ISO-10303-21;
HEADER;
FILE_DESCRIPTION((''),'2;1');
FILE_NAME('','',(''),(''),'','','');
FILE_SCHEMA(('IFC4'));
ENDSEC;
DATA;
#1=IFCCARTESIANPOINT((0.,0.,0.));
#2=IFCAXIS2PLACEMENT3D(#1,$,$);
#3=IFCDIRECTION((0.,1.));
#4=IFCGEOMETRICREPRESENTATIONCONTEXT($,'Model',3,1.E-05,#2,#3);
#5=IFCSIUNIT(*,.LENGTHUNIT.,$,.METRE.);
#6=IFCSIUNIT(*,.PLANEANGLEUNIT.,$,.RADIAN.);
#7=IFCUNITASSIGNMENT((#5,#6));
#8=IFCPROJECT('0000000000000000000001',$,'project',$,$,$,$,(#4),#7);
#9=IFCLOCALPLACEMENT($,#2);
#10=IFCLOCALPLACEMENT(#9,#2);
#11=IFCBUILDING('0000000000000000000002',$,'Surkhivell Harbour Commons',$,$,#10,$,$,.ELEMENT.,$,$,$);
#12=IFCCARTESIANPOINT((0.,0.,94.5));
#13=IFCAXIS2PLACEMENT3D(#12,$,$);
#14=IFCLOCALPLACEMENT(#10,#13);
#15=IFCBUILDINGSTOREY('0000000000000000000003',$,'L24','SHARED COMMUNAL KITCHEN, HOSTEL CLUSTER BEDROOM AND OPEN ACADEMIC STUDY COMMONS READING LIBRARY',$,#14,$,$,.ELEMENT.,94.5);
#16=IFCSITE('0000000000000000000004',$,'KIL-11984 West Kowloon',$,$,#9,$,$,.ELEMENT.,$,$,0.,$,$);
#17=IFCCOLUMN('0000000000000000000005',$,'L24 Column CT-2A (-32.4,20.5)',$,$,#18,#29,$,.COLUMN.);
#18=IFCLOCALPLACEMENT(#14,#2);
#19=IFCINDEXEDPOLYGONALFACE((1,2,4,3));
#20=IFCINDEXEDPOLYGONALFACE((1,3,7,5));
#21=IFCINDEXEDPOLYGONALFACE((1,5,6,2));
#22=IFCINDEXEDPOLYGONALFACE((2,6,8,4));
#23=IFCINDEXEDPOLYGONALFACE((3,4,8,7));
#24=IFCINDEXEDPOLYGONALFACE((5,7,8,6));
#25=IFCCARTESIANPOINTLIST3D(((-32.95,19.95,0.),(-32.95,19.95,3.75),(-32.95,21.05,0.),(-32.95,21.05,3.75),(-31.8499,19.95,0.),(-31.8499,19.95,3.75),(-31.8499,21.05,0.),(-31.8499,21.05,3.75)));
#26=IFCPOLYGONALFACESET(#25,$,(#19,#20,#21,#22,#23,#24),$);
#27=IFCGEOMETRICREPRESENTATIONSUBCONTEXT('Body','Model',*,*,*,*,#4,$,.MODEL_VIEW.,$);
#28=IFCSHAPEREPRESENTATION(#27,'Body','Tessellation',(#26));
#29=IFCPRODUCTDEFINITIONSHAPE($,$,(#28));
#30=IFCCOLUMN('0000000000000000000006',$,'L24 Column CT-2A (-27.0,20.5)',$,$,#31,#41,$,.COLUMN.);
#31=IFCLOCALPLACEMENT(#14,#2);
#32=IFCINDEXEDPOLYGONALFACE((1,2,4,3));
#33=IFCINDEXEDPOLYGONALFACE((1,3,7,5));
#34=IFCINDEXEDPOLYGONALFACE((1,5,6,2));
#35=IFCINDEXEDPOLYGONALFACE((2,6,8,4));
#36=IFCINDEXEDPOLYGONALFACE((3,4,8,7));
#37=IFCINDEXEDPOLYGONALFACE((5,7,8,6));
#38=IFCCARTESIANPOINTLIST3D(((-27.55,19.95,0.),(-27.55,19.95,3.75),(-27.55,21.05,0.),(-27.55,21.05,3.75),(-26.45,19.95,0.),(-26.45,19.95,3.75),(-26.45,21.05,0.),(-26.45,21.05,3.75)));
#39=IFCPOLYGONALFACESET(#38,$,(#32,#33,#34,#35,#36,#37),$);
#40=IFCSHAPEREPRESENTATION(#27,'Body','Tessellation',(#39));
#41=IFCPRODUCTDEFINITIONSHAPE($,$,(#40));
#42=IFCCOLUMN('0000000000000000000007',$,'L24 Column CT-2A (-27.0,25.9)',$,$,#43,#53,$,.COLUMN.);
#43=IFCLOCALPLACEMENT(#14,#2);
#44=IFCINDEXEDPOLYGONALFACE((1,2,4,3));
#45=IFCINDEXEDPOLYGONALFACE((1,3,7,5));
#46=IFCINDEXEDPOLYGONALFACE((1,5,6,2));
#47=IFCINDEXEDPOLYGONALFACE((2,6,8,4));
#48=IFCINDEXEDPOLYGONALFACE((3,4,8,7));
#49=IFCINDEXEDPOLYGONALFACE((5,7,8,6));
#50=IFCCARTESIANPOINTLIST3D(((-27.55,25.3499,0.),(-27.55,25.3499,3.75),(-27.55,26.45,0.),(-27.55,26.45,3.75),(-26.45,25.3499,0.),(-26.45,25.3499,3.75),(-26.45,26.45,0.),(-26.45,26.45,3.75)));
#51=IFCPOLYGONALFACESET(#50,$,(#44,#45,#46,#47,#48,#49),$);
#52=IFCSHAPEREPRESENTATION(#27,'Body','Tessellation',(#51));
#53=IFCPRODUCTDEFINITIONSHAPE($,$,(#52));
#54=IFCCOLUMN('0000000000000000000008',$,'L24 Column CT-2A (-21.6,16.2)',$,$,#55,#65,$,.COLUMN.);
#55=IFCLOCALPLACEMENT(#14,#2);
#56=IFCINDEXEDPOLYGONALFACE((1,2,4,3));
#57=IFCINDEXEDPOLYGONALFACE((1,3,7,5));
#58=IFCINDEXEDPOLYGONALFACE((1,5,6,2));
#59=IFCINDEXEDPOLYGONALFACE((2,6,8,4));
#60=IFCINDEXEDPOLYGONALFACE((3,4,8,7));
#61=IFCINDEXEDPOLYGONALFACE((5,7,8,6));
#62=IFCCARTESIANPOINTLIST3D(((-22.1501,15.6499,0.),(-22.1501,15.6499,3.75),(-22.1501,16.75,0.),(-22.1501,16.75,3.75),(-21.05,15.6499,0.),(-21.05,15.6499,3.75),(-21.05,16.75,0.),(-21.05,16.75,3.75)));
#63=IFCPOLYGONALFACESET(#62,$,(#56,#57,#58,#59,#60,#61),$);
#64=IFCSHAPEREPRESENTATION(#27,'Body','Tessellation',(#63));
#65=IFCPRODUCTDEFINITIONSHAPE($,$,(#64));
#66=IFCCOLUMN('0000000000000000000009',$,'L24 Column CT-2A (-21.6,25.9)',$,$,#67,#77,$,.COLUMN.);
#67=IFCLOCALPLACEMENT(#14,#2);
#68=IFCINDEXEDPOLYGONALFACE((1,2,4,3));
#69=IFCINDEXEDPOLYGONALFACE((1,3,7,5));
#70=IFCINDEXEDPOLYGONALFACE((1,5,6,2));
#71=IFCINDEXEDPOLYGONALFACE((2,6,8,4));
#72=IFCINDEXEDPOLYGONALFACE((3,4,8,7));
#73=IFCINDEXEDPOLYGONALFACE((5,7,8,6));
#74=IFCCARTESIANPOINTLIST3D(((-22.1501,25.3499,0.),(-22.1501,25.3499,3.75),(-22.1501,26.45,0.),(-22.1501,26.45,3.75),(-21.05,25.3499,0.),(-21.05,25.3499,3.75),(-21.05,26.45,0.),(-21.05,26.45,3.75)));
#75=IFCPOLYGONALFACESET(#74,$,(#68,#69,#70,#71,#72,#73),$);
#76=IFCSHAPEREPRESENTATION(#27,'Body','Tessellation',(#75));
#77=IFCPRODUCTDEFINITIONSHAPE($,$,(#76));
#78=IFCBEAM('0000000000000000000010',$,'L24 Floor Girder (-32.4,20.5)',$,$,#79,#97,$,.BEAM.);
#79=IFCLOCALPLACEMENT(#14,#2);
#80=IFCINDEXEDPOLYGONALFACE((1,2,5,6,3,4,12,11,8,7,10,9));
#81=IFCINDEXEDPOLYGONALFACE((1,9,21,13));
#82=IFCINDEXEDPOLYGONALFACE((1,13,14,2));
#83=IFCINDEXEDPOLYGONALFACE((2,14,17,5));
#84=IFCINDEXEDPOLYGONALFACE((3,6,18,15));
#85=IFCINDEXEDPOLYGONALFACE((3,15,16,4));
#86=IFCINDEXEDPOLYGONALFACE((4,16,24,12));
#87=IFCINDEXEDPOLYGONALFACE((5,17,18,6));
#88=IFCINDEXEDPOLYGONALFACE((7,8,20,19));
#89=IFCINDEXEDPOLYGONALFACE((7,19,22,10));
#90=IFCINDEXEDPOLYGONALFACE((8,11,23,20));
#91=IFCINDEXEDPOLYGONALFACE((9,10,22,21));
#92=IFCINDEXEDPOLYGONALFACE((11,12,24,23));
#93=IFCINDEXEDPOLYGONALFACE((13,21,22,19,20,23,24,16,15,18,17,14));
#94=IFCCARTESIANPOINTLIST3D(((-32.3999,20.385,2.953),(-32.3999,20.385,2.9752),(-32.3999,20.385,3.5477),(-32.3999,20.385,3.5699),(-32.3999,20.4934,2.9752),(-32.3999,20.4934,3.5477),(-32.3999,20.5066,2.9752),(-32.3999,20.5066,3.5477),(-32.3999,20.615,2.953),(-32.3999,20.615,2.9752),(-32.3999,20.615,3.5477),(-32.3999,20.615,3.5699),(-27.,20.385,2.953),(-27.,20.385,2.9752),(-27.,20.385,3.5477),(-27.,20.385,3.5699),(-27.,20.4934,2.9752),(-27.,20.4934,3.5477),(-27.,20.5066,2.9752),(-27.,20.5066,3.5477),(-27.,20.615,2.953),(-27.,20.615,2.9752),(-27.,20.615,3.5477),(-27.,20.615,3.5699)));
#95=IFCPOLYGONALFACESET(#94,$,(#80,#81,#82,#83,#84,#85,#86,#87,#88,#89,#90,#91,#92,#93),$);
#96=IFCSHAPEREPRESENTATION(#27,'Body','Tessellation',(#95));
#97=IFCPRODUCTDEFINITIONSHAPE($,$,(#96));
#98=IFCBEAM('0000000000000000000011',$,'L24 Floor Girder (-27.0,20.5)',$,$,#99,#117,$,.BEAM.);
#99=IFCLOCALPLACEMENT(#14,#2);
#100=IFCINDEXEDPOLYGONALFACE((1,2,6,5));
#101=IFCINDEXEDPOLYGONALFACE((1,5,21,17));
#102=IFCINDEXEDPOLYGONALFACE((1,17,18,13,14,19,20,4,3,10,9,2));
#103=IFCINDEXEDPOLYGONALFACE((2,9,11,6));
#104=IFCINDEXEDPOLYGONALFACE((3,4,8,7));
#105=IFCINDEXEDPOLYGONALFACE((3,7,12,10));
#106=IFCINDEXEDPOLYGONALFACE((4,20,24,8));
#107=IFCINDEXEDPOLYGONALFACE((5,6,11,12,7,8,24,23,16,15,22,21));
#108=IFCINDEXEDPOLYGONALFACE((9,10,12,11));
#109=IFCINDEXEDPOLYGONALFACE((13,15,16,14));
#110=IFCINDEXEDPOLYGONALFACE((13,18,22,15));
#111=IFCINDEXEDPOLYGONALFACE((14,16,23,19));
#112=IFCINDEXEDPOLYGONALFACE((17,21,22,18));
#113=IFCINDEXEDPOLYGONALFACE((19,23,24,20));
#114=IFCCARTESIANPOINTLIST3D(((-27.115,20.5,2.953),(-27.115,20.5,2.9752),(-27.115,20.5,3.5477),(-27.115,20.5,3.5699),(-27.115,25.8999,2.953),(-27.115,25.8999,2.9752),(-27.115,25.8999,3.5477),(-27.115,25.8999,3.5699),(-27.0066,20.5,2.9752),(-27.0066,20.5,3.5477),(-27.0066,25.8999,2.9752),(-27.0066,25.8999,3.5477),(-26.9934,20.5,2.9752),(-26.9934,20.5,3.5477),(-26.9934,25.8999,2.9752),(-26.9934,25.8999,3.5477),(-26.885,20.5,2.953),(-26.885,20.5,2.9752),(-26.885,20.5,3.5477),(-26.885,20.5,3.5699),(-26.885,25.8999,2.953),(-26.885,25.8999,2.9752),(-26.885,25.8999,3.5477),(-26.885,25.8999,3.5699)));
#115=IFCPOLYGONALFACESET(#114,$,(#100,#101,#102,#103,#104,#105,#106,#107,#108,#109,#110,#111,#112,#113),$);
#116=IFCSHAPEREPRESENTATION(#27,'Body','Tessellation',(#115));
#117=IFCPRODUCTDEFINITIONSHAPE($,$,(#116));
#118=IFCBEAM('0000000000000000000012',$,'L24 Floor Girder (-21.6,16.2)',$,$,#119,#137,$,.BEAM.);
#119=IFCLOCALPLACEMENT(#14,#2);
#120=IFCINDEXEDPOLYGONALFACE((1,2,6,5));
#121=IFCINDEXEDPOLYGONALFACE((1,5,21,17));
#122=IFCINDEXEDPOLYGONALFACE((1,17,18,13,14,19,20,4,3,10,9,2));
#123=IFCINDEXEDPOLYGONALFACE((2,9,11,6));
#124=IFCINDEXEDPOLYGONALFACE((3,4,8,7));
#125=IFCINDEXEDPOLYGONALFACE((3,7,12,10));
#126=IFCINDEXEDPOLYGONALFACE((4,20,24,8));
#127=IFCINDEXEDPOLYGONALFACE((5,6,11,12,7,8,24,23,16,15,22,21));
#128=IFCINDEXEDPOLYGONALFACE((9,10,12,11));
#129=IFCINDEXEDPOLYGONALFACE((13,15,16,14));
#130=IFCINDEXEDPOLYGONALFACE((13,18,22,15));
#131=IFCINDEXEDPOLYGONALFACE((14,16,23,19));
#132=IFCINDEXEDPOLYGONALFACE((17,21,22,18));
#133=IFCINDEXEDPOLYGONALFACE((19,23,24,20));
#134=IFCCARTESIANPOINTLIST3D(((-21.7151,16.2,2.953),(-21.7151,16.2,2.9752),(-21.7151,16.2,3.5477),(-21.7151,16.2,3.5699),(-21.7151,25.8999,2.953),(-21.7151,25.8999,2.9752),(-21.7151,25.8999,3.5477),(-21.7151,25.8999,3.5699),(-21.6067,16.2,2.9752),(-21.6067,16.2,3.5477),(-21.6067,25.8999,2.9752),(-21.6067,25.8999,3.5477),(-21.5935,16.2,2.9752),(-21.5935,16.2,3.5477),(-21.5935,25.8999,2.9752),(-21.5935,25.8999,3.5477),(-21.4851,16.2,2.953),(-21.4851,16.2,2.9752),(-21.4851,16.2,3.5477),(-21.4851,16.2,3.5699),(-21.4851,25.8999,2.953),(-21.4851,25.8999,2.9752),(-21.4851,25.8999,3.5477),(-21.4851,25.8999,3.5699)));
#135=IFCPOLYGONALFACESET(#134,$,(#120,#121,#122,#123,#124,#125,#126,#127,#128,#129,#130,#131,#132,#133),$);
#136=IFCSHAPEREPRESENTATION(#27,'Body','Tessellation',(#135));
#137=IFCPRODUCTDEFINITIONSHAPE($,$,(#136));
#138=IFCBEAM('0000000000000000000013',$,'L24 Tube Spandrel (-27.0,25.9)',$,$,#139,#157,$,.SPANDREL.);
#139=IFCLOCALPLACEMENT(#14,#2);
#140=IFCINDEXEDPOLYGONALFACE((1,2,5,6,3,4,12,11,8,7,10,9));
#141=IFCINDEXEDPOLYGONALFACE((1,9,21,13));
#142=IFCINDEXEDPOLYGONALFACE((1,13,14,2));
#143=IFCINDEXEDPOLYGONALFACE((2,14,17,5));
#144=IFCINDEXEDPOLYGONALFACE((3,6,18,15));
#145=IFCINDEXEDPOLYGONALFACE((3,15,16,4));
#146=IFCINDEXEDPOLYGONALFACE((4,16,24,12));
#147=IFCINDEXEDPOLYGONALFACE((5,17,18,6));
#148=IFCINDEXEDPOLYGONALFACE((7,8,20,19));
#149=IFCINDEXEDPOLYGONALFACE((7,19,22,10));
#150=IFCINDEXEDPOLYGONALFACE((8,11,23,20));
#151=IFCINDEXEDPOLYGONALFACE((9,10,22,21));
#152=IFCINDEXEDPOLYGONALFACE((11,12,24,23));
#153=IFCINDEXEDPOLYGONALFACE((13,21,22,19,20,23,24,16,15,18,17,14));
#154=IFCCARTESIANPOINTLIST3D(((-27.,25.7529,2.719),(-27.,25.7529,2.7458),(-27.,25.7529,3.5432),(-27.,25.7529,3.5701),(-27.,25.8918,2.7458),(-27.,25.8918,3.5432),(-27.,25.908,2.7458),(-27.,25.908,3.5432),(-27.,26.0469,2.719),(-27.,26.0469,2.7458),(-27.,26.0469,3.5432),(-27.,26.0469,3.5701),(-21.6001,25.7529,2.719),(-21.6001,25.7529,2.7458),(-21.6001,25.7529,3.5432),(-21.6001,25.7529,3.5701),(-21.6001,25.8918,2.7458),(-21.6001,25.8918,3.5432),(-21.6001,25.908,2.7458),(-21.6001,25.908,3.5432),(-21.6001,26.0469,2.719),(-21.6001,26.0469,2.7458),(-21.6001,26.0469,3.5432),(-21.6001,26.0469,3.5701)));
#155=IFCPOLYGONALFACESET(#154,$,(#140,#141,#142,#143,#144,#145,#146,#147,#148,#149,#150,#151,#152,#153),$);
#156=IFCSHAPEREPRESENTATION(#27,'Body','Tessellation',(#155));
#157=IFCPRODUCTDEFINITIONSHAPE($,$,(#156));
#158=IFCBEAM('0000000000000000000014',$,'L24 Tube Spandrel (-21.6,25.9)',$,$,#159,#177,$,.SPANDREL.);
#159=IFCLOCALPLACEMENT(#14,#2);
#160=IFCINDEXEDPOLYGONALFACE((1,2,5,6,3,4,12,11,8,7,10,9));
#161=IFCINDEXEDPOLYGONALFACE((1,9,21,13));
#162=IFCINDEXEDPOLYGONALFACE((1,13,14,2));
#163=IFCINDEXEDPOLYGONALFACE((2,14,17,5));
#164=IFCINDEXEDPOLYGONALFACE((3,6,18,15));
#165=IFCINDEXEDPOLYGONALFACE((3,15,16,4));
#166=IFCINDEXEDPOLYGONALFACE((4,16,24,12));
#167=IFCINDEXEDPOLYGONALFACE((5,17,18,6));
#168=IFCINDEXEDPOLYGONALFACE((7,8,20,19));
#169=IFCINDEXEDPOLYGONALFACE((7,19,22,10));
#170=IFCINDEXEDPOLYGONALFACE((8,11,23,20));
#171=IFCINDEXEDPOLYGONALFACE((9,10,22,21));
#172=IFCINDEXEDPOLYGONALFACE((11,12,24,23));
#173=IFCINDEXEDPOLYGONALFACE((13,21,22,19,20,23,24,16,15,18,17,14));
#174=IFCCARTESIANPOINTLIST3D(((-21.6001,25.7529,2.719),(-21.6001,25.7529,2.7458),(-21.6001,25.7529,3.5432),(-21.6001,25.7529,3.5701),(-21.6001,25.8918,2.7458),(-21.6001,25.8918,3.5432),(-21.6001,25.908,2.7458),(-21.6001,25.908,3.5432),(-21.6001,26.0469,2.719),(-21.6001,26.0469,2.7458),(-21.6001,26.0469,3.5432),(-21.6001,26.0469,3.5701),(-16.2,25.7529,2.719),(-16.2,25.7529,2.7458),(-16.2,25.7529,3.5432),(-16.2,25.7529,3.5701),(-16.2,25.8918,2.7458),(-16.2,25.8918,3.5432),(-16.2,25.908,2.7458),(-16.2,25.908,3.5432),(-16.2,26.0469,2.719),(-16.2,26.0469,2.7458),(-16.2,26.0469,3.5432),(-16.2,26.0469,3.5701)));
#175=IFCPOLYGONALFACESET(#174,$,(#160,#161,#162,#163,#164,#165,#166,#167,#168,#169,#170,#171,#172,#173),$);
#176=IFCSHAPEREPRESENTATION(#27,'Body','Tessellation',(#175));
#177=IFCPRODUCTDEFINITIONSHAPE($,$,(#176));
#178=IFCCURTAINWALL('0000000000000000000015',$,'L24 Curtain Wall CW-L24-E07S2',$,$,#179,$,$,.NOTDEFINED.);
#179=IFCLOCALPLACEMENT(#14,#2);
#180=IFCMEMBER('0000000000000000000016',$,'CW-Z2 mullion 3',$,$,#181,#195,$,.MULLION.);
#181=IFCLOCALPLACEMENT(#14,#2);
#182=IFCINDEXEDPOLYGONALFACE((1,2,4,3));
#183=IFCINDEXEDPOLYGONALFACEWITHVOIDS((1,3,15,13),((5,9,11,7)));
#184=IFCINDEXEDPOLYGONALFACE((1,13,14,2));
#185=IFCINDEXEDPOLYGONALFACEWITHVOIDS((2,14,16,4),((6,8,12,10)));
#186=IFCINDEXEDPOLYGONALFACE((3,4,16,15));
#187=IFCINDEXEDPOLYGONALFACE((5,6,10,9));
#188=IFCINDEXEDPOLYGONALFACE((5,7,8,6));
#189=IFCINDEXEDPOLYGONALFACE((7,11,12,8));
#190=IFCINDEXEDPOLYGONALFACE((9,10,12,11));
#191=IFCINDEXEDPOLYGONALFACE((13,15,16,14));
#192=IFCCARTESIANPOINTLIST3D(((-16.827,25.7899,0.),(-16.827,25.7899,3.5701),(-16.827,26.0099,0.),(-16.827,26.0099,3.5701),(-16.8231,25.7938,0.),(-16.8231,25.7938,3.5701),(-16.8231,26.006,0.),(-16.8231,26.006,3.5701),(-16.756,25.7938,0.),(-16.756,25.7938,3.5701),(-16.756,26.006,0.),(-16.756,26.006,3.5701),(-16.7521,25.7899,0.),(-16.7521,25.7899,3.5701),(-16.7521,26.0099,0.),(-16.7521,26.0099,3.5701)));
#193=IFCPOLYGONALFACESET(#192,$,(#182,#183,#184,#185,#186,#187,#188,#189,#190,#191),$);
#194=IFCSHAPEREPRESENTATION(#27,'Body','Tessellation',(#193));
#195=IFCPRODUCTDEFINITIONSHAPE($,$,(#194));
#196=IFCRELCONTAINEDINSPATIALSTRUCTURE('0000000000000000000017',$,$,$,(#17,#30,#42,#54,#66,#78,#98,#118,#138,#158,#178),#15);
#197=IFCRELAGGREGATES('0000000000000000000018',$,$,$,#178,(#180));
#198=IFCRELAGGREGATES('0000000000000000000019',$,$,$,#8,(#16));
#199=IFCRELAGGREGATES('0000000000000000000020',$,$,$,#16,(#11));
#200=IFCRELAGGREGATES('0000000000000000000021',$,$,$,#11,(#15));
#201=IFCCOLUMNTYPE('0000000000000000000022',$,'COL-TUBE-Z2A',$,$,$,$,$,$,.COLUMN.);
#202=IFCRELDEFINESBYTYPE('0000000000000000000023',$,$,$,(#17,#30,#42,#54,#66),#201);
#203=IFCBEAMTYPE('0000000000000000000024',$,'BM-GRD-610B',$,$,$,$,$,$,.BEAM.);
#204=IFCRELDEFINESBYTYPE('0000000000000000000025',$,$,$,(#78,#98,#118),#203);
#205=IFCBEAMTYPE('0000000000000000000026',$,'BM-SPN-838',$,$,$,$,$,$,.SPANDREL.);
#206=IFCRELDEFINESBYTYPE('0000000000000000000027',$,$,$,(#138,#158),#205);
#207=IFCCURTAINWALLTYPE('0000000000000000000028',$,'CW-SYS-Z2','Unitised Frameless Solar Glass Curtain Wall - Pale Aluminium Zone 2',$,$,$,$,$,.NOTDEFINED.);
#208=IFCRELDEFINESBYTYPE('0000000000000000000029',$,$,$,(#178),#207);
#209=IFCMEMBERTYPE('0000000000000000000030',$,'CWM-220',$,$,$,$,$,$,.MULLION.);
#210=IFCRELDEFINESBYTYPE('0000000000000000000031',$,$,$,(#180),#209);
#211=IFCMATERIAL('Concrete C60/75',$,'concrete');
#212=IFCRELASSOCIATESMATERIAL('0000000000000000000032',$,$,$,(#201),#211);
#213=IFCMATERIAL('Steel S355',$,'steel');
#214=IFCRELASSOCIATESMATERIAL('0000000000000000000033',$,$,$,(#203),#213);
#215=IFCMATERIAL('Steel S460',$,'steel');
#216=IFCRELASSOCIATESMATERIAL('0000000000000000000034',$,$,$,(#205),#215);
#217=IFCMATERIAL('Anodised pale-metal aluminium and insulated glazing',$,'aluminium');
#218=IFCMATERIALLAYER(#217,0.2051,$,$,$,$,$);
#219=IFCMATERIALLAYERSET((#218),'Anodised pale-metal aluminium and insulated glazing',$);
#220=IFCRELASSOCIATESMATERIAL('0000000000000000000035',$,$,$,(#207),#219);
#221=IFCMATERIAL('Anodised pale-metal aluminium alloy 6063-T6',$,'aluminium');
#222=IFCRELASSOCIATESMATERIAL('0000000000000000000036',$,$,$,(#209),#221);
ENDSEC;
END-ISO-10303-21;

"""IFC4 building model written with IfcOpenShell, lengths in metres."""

from ifc_helpers import new_model, si_unit, direction, frame, origin, origin_2d, place, context, subcontext, project, spatial, rectangle, hollow_rectangle, i_section, extrude, material, layer, layer_set, material_profile, profile_set, type_object, element, aggregate, save


model = new_model("IFC4")

# Units and contexts
model_context = context("Model", 3, precision=1e-05, world=origin(), true_north=direction((0.0, 1.0)))
body_context = subcontext(model_context, "Body", "Model", "MODEL_VIEW")
ifc_project = project(units=[si_unit("LENGTHUNIT", "METRE"), si_unit("PLANEANGLEUNIT", "RADIAN")], contexts=[model_context])

# Site, building, storey
site_placement = place(None, origin())
site = spatial("IfcSite", under=ifc_project, at=site_placement, Name="KIL-11984 West Kowloon", CompositionType="ELEMENT", RefElevation=0.0)
building_placement = place(site_placement, origin())
building = spatial("IfcBuilding", under=site, at=building_placement, Name="Surkhivell Harbour Commons", CompositionType="ELEMENT")
storey_placement = place(building_placement, frame((0.0, 0.0, 94.5)))
storey = spatial("IfcBuildingStorey", under=building, at=storey_placement, Name="L24", Description="SHARED COMMUNAL KITCHEN, HOSTEL CLUSTER BEDROOM AND OPEN ACADEMIC STUDY COMMONS READING LIBRARY", CompositionType="ELEMENT", Elevation=94.5)

# Columns
ifc_material_1 = material(Name="Concrete C60/75", Category="concrete")
ifc_material_profile_1 = material_profile(ifc_material_1, rectangle(XDim=1.1001, YDim=1.1001, at=origin_2d()), Name="RC-COL-1100x1100")
ifc_profile_set_1 = profile_set([ifc_material_profile_1], Name="Concrete C60/75")
column_type = type_object("IfcColumnType", Name="COL-TUBE-Z2A", PredefinedType="COLUMN", material=ifc_profile_set_1)
for number, where, z_axis, x_axis, name in (
    (1, (-32.3999, 20.5, 0.0), (0.0, 0.0, 1.0), (1.0, 0.0, 0.0), "L24 Column CT-2A (-32.4,20.5)"),
    (2, (-27.0, 20.5, 0.0), (0.0, 0.0, 1.0), (1.0, 0.0, 0.0), "L24 Column CT-2A (-27.0,20.5)"),
    (3, (-27.0, 25.8999, 0.0), (0.0, 0.0, 1.0), (1.0, 0.0, 0.0), "L24 Column CT-2A (-27.0,25.9)"),
    (4, (-21.6001, 16.2, 0.0), (0.0, 0.0, 1.0), (1.0, 0.0, 0.0), "L24 Column CT-2A (-21.6,16.2)"),
    (5, (-21.6001, 25.8999, 0.0), (0.0, 0.0, 1.0), (1.0, 0.0, 0.0), "L24 Column CT-2A (-21.6,25.9)"),
):
    element("IfcColumn", number, at=place(storey_placement, frame(where, z_axis=z_axis, x_axis=x_axis)), inside=storey, type_object=column_type, Name=name, PredefinedType="COLUMN", context=body_context, shape_type="SweptSolid", body=[
        extrude(rectangle(XDim=1.1001, YDim=1.1001, at=origin_2d()), origin(), (0.0, 0.0, 1.0), 3.75),
    ])

# Beams
ifc_material_2 = material(Name="Steel S355", Category="steel")
ifc_material_profile_2 = material_profile(ifc_material_2, i_section(OverallWidth=0.23, OverallDepth=0.6169, WebThickness=0.0132, FlangeThickness=0.0222, at=origin_2d()), Name="UB610x229x140")
ifc_profile_set_2 = profile_set([ifc_material_profile_2], Name="Steel S355")
beam_type_1 = type_object("IfcBeamType", Name="BM-GRD-610B", PredefinedType="BEAM", material=ifc_profile_set_2)
for number, where, z_axis, x_axis, name in (
    (6, (-32.3999, 20.5, 3.2615), (1.0, 0.0, 0.0), (0.0, 1.0, 0.0), "L24 Floor Girder (-32.4,20.5)"),
    (7, (-27.0, 20.5, 3.2615), (0.0, 1.0, 0.0), (-1.0, 0.0, 0.0), "L24 Floor Girder (-27.0,20.5)"),
):
    element("IfcBeam", number, at=place(storey_placement, frame(where, z_axis=z_axis, x_axis=x_axis)), inside=storey, type_object=beam_type_1, Name=name, PredefinedType="BEAM", context=body_context, shape_type="SweptSolid", body=[
        extrude(i_section(OverallWidth=0.23, OverallDepth=0.6169, WebThickness=0.0132, FlangeThickness=0.0222, at=origin_2d()), origin(), (0.0, 0.0, 1.0), 5.3999),
    ])
beam_1_placement = place(storey_placement, frame((-21.6001, 16.2, 3.2615), z_axis=(0.0, 1.0, 0.0), x_axis=(-1.0, 0.0, 0.0)))
element("IfcBeam", 8, at=beam_1_placement, inside=storey, type_object=beam_type_1, Name="L24 Floor Girder (-21.6,16.2)", PredefinedType="BEAM", context=body_context, shape_type="SweptSolid", body=[
    extrude(i_section(OverallWidth=0.23, OverallDepth=0.6169, WebThickness=0.0132, FlangeThickness=0.0222, at=origin_2d()), origin(), (0.0, 0.0, 1.0), 9.7),
])
ifc_material_3 = material(Name="Steel S460", Category="steel")
ifc_material_profile_3 = material_profile(ifc_material_3, i_section(OverallWidth=0.2939, OverallDepth=0.8511, WebThickness=0.0161, FlangeThickness=0.0269, at=origin_2d()), Name="UB838x292x226")
ifc_profile_set_3 = profile_set([ifc_material_profile_3], Name="Steel S460")
beam_type_2 = type_object("IfcBeamType", Name="BM-SPN-838", PredefinedType="SPANDREL", material=ifc_profile_set_3)
beam_2_placement = place(storey_placement, frame((-27.0, 25.8999, 3.1445), z_axis=(1.0, 0.0, 0.0), x_axis=(0.0, 1.0, 0.0)))
element("IfcBeam", 9, at=beam_2_placement, inside=storey, type_object=beam_type_2, Name="L24 Tube Spandrel (-27.0,25.9)", PredefinedType="SPANDREL", context=body_context, shape_type="SweptSolid", body=[
    extrude(i_section(OverallWidth=0.2939, OverallDepth=0.8511, WebThickness=0.0161, FlangeThickness=0.0269, at=origin_2d()), origin(), (0.0, 0.0, 1.0), 5.3999),
])
beam_3_placement = place(storey_placement, frame((-21.6001, 25.8999, 3.1445), z_axis=(1.0, 0.0, 0.0), x_axis=(0.0, 1.0, 0.0)))
element("IfcBeam", 10, at=beam_3_placement, inside=storey, type_object=beam_type_2, Name="L24 Tube Spandrel (-21.6,25.9)", PredefinedType="SPANDREL", context=body_context, shape_type="SweptSolid", body=[
    extrude(i_section(OverallWidth=0.2939, OverallDepth=0.8511, WebThickness=0.0161, FlangeThickness=0.0269, at=origin_2d()), origin(), (0.0, 0.0, 1.0), 5.4001),
])

# Curtain wall, member
ifc_material_4 = material(Name="Anodised pale-metal aluminium and insulated glazing", Category="aluminium")
ifc_layer_1 = layer(ifc_material_4, 0.2051)
ifc_layer_set_1 = layer_set([ifc_layer_1], Name="Anodised pale-metal aluminium and insulated glazing")
curtain_wall_type = type_object("IfcCurtainWallType", Name="CW-SYS-Z2", Description="Unitised Frameless Solar Glass Curtain Wall - Pale Aluminium Zone 2", PredefinedType="NOTDEFINED", material=ifc_layer_set_1)
curtain_wall_1_placement = place(storey_placement, origin())
curtain_wall_1 = element("IfcCurtainWall", 11, at=curtain_wall_1_placement, inside=storey, type_object=curtain_wall_type, Name="L24 Curtain Wall CW-L24-E07S2", PredefinedType="NOTDEFINED")
ifc_material_5 = material(Name="Anodised pale-metal aluminium alloy 6063-T6", Category="aluminium")
ifc_material_profile_4 = material_profile(ifc_material_5, hollow_rectangle(XDim=0.075, YDim=0.22, WallThickness=0.0039, at=origin_2d()), Name="ALU-MULL-75x220")
ifc_profile_set_4 = profile_set([ifc_material_profile_4], Name="Anodised pale-metal aluminium alloy 6063-T6")
member_type_1 = type_object("IfcMemberType", Name="CWM-220", PredefinedType="MULLION", material=ifc_profile_set_4)
member_1_placement = place(storey_placement, frame((-16.7896, 25.8999, 0.0), z_axis=(0.0, 0.0, 1.0), x_axis=(-1.0, 0.0, 0.0)))
member_1 = element("IfcMember", 12, at=member_1_placement, type_object=member_type_1, Name="CW-Z2 mullion 3", PredefinedType="MULLION", context=body_context, shape_type="SweptSolid", body=[
    extrude(hollow_rectangle(XDim=0.075, YDim=0.22, WallThickness=0.0039, at=origin_2d()), origin(), (0.0, 0.0, 1.0), 3.5701),
])

aggregate(curtain_wall_1, [member_1])

save(model, "model.ifc")
